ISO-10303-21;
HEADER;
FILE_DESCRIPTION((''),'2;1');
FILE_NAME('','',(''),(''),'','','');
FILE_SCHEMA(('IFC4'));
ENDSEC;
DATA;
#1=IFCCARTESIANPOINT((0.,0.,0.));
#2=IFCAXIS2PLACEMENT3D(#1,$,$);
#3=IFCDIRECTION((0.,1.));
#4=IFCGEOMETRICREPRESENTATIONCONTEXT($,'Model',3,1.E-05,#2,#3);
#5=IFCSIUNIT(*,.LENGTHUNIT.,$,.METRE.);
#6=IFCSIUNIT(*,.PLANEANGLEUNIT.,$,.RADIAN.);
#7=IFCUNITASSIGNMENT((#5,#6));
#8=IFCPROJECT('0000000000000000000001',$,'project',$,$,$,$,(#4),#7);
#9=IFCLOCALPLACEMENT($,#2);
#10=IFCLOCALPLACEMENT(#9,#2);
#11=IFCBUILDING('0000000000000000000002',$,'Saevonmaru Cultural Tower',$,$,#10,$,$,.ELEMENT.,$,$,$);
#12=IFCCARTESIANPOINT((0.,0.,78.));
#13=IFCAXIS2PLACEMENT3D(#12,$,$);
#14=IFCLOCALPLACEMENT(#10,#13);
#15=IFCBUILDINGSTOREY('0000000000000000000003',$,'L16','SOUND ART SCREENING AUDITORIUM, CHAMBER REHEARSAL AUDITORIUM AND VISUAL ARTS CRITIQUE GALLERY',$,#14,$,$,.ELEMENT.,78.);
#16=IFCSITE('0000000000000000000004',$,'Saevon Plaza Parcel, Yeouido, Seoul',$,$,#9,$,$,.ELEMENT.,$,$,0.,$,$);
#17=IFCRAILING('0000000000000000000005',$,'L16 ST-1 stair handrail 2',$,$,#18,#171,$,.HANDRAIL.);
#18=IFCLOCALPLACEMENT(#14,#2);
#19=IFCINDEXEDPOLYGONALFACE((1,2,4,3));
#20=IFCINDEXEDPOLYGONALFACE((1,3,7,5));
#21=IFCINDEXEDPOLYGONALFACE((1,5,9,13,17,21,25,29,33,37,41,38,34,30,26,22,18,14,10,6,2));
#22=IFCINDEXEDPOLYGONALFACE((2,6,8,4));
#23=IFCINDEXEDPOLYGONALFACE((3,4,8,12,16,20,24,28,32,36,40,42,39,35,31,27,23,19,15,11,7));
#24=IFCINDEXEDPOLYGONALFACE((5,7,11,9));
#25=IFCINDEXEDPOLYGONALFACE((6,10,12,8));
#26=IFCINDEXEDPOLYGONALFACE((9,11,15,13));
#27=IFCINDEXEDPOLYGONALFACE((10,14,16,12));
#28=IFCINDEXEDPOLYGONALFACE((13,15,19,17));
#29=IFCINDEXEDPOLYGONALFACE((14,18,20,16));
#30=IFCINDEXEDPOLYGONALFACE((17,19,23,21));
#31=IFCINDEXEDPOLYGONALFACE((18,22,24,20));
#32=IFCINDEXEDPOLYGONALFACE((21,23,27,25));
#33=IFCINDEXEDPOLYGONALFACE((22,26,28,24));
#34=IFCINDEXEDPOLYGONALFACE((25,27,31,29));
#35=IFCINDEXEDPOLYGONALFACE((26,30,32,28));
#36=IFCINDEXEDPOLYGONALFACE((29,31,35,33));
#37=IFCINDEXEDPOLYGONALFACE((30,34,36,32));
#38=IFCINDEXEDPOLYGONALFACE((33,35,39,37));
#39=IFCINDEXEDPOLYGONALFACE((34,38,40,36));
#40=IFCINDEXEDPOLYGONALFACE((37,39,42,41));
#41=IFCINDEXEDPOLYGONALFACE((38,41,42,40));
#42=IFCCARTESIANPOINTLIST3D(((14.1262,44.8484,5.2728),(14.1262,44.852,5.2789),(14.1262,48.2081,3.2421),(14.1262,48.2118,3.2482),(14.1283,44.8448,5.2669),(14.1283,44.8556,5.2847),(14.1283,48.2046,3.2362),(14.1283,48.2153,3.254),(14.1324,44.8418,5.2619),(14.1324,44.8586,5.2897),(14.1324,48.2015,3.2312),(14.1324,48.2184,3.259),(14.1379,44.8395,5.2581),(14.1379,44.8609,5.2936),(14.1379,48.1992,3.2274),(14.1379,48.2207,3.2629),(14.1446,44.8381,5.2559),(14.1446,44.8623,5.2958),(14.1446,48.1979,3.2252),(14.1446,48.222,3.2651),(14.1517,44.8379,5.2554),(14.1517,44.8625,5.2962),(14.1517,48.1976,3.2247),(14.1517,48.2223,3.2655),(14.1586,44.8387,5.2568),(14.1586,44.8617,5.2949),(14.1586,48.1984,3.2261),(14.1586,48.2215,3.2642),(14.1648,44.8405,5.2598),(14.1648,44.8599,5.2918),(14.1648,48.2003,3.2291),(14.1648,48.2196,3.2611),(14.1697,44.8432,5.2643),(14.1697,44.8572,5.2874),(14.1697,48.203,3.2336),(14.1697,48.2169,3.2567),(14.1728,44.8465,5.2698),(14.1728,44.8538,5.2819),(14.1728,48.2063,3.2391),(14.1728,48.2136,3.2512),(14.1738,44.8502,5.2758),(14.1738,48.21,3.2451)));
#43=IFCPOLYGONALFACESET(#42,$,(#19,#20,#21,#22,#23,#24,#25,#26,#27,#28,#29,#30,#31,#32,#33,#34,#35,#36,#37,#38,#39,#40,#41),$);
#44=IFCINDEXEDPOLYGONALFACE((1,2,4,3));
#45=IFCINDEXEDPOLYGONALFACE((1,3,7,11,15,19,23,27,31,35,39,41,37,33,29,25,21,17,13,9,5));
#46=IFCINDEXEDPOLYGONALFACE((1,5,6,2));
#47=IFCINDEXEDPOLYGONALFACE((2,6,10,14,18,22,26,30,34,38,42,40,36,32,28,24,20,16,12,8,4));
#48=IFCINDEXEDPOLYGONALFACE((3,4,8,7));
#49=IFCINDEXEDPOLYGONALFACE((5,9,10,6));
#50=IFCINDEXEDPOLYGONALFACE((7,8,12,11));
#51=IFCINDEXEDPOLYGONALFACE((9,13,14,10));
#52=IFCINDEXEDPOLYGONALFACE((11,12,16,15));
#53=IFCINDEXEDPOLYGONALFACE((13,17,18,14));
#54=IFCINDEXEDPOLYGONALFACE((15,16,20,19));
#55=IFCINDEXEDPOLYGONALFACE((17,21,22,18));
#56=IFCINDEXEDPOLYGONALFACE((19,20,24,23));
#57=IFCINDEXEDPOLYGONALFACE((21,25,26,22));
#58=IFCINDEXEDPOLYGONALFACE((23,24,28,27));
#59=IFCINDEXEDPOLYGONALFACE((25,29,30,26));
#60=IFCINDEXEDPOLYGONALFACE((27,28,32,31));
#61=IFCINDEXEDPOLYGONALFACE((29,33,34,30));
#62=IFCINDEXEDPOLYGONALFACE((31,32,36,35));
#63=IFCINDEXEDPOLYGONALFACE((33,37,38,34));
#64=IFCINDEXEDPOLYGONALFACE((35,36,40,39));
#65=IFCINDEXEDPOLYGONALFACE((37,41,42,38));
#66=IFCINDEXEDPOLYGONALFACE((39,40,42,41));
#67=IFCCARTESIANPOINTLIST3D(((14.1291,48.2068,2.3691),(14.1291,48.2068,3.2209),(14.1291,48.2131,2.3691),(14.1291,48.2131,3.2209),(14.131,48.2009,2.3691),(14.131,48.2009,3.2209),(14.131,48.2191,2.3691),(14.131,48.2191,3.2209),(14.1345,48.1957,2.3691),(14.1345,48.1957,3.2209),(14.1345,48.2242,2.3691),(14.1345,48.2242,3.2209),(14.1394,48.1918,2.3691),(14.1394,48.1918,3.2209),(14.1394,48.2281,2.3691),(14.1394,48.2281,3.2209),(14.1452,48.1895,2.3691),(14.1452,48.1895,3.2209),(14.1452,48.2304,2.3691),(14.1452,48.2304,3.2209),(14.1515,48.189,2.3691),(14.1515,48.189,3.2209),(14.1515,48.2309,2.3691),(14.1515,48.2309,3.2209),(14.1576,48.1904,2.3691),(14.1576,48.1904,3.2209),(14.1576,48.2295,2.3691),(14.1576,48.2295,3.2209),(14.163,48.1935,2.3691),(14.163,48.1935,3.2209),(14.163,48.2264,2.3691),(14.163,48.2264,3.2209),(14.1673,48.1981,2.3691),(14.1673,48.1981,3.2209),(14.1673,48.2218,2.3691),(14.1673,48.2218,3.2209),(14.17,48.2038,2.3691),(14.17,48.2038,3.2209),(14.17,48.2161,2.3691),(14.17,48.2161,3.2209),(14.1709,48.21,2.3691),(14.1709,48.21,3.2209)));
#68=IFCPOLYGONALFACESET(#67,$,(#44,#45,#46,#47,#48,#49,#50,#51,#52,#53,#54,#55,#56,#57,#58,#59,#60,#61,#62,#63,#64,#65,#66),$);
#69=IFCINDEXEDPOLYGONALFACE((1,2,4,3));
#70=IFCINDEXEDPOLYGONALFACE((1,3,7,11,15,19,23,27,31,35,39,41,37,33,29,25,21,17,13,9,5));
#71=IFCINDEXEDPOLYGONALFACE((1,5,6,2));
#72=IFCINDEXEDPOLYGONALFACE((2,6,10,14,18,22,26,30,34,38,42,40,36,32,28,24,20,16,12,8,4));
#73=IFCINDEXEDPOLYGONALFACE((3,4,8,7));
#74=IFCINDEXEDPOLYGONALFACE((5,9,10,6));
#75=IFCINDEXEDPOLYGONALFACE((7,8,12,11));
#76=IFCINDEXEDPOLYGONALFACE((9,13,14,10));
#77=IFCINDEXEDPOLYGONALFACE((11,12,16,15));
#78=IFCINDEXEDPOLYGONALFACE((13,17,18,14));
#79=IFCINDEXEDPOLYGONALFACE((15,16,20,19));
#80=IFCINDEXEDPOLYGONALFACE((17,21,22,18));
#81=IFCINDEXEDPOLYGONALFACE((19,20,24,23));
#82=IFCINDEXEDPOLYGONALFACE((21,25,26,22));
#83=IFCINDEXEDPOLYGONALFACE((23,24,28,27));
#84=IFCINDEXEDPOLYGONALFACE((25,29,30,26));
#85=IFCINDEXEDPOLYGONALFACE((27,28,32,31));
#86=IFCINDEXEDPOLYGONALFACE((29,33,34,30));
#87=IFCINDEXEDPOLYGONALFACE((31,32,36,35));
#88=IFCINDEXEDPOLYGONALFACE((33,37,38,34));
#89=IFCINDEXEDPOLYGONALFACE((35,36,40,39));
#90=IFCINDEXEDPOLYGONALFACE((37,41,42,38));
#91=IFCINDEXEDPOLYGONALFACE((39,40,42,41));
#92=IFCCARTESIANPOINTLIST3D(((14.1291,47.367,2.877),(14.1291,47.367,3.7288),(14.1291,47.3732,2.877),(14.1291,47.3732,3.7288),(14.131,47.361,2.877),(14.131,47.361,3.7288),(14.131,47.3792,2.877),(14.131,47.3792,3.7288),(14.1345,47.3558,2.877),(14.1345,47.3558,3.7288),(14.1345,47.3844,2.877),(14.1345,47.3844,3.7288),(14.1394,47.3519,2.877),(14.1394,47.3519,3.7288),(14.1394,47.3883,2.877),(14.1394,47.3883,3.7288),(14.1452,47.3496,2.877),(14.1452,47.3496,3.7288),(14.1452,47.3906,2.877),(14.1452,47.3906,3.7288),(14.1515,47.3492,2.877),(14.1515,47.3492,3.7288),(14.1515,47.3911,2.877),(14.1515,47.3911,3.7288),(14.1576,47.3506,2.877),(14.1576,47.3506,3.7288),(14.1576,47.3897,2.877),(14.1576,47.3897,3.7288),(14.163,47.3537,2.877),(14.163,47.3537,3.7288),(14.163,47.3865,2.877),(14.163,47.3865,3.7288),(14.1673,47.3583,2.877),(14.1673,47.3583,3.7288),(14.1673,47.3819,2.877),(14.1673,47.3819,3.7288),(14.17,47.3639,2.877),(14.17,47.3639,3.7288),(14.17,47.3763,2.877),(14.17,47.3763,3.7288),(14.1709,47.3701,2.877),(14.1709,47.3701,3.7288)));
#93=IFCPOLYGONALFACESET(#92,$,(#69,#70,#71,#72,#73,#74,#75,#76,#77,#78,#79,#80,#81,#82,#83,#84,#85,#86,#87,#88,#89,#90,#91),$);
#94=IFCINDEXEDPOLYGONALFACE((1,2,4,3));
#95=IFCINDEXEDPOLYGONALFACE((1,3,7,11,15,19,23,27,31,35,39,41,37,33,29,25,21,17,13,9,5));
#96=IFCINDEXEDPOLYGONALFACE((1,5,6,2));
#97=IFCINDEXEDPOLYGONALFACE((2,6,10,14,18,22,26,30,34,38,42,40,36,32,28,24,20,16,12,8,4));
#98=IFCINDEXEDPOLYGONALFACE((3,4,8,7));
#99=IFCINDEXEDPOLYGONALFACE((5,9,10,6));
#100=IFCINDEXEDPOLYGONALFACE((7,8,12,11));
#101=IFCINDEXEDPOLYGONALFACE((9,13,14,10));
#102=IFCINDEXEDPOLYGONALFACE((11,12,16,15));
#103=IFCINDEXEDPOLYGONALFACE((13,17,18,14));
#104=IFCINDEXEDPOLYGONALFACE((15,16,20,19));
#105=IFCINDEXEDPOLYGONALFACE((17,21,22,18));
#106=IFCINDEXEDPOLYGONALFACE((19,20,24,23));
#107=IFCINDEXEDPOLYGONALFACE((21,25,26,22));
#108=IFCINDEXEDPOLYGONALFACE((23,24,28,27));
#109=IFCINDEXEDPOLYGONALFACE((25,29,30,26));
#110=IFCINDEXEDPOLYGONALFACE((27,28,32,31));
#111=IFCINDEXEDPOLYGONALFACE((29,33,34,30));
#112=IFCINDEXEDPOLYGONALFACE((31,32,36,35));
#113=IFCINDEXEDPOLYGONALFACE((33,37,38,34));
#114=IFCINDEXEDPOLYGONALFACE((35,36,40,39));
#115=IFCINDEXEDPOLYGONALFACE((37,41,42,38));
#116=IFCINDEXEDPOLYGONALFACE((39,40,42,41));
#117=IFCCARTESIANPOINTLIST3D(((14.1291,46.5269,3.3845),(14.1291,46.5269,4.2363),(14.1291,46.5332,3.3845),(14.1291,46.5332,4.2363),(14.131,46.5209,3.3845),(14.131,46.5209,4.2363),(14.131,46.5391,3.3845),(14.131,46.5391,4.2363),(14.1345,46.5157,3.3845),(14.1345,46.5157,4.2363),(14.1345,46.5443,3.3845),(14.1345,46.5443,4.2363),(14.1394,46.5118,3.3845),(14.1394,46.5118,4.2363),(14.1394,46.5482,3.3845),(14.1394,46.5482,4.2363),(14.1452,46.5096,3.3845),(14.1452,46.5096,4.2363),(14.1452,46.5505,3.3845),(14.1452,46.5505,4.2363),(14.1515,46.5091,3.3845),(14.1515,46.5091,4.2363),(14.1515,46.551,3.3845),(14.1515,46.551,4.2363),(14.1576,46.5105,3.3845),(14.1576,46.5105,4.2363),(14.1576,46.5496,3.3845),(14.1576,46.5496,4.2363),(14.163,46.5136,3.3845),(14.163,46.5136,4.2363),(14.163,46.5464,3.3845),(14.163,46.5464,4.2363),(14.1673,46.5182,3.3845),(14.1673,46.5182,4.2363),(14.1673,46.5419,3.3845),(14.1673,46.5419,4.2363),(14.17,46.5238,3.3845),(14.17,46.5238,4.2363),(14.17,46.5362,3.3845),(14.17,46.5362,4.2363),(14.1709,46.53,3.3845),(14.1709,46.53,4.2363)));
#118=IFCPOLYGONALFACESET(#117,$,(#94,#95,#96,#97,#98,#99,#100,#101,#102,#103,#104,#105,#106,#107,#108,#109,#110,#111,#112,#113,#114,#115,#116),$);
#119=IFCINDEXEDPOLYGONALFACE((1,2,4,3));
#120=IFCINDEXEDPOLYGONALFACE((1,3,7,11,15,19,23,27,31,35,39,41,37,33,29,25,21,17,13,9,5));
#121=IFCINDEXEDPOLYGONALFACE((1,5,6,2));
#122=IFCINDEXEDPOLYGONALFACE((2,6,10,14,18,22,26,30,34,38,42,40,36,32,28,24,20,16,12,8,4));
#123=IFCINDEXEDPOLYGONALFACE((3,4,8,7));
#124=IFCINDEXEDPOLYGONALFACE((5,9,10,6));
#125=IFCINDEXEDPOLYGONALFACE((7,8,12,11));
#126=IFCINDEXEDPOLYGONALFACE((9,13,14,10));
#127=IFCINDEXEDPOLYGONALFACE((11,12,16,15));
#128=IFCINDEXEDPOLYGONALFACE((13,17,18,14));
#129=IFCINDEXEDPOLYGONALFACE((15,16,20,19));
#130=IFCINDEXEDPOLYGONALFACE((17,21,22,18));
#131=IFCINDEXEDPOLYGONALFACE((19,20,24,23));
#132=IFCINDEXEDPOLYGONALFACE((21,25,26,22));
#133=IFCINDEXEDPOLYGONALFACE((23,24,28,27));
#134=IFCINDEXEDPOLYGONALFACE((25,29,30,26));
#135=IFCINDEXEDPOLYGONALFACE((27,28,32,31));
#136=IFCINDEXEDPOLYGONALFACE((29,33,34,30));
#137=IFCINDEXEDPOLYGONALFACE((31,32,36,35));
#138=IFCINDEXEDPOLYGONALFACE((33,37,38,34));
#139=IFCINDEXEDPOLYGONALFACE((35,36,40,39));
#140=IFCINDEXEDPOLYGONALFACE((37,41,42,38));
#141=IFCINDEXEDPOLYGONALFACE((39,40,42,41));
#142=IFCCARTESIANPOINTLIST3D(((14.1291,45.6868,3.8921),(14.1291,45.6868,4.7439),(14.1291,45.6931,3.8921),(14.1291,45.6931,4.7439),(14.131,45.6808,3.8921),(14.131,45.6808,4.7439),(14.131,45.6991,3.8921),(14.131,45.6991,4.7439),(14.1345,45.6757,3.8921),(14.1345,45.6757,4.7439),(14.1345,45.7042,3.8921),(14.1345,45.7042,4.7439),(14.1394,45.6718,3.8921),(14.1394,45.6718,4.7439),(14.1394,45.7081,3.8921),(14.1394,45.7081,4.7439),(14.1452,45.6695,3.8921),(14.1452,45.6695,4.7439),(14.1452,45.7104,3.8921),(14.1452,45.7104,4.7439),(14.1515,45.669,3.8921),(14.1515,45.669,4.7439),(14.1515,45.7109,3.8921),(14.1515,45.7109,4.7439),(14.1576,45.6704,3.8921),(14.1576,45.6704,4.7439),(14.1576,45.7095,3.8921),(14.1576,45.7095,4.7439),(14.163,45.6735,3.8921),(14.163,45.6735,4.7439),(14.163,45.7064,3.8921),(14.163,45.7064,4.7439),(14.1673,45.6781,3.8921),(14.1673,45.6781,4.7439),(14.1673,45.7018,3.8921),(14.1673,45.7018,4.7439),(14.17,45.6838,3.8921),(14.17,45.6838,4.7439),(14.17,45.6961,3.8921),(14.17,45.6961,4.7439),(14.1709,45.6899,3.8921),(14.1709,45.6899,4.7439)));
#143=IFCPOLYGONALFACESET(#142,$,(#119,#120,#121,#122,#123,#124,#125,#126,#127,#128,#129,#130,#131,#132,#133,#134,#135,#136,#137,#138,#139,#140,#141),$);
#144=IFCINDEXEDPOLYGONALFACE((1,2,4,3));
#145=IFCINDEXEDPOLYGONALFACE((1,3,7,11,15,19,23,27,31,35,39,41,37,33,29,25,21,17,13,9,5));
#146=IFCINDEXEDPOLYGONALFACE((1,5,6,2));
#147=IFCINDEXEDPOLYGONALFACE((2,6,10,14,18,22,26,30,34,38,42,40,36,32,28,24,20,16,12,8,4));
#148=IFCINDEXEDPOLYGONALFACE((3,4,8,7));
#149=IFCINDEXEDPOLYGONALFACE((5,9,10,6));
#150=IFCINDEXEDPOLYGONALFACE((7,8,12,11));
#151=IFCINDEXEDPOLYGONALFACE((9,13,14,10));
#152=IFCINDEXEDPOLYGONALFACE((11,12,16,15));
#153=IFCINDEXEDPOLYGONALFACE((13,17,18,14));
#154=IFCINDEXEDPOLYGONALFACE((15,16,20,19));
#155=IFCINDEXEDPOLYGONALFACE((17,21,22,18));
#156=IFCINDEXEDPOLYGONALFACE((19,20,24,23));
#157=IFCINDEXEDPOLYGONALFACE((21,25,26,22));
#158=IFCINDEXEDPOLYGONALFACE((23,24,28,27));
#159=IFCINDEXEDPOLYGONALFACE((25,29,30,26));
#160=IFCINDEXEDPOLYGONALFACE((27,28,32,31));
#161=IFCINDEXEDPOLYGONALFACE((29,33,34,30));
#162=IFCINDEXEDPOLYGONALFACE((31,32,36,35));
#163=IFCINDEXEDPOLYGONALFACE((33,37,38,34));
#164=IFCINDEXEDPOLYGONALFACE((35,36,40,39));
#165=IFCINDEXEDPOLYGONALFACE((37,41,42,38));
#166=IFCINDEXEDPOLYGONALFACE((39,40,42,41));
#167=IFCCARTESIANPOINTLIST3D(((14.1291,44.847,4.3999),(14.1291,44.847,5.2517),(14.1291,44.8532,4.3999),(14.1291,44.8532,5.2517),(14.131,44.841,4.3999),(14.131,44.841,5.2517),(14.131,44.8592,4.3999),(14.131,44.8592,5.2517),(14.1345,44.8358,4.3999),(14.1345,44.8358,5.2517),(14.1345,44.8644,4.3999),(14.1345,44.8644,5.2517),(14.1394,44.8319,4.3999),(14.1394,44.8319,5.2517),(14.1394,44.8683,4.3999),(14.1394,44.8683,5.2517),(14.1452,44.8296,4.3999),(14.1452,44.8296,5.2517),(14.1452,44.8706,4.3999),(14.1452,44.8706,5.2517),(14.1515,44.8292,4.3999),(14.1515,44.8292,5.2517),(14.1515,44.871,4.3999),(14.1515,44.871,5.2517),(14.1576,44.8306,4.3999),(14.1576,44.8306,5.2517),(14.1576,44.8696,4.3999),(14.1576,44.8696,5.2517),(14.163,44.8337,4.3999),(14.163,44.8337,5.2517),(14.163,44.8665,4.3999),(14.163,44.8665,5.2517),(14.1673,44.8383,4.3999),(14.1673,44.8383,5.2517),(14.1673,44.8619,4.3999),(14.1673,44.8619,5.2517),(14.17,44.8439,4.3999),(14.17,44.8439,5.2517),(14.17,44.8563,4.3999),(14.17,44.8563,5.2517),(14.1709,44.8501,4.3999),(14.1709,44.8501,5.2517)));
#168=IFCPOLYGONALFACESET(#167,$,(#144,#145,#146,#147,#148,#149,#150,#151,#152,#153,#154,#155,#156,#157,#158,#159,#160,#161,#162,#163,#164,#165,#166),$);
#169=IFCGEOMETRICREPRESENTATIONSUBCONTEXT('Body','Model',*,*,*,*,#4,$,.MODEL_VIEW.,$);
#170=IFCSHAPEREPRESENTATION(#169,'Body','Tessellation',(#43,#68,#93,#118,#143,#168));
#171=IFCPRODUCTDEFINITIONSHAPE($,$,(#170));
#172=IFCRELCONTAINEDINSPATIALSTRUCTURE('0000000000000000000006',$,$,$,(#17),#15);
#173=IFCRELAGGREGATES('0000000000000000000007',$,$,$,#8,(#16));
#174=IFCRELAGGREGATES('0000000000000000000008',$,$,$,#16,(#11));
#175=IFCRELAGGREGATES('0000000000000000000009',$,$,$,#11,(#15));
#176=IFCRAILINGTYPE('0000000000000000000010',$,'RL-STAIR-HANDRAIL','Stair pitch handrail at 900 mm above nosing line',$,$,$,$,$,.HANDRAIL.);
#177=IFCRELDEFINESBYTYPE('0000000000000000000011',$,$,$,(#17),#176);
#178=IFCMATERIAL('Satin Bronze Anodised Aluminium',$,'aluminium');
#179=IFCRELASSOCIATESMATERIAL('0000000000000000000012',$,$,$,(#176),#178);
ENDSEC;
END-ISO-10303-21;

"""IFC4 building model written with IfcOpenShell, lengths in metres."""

from ifc_helpers import new_model, si_unit, direction, frame, origin, origin_2d, place, context, subcontext, project, spatial, circle, extrude, material, type_object, element, save


model = new_model("IFC4")

# Units and contexts
model_context = context("Model", 3, precision=1e-05, world=origin(), true_north=direction((0.0, 1.0)))
body_context = subcontext(model_context, "Body", "Model", "MODEL_VIEW")
ifc_project = project(units=[si_unit("LENGTHUNIT", "METRE"), si_unit("PLANEANGLEUNIT", "RADIAN")], contexts=[model_context])

# Site, building, storey
site_placement = place(None, origin())
site = spatial("IfcSite", under=ifc_project, at=site_placement, Name="Saevon Plaza Parcel, Yeouido, Seoul", CompositionType="ELEMENT", RefElevation=0.0)
building_placement = place(site_placement, origin())
building = spatial("IfcBuilding", under=site, at=building_placement, Name="Saevonmaru Cultural Tower", CompositionType="ELEMENT")
storey_placement = place(building_placement, frame((0.0, 0.0, 78.0)))
storey = spatial("IfcBuildingStorey", under=building, at=storey_placement, Name="L16", Description="SOUND ART SCREENING AUDITORIUM, CHAMBER REHEARSAL AUDITORIUM AND VISUAL ARTS CRITIQUE GALLERY", CompositionType="ELEMENT", Elevation=78.0)

# Shared definitions
ifc_material_1 = material(Name="Satin Bronze Anodised Aluminium", Category="aluminium")

# Railing
railing_type_1 = type_object("IfcRailingType", Name="RL-STAIR-HANDRAIL", Description="Stair pitch handrail at 900 mm above nosing line", PredefinedType="HANDRAIL", material=ifc_material_1)
railing_1_placement = place(storey_placement, frame((14.1499, 48.21, 2.3691)))
element("IfcRailing", 1, at=railing_1_placement, inside=storey, type_object=railing_type_1, Name="L16 ST-1 stair handrail 2", PredefinedType="HANDRAIL", context=body_context, shape_type="SweptSolid", body=[
    extrude(circle(Radius=0.0239, at=origin_2d()), frame((0.0, 0.0, 0.876), z_axis=(0.0, -0.85582, 0.517273), x_axis=(1.0, 0.0, 0.0)), (0.0, 0.0, 1.0), 3.9258),
    extrude(circle(Radius=0.021, at=origin_2d()), origin(), (0.0, 0.0, 1.0), 0.8518),
    extrude(circle(Radius=0.021, at=origin_2d()), frame((0.0, -0.8398, 0.5078)), (0.0, 0.0, 1.0), 0.8518),
    extrude(circle(Radius=0.021, at=origin_2d()), frame((0.0, -1.6799, 1.0154)), (0.0, 0.0, 1.0), 0.8518),
    extrude(circle(Radius=0.021, at=origin_2d()), frame((0.0, -2.52, 1.5229)), (0.0, 0.0, 1.0), 0.8518),
    extrude(circle(Radius=0.021, at=origin_2d()), frame((0.0, -3.3599, 2.0308)), (0.0, 0.0, 1.0), 0.8518),
])

save(model, "model.ifc")
